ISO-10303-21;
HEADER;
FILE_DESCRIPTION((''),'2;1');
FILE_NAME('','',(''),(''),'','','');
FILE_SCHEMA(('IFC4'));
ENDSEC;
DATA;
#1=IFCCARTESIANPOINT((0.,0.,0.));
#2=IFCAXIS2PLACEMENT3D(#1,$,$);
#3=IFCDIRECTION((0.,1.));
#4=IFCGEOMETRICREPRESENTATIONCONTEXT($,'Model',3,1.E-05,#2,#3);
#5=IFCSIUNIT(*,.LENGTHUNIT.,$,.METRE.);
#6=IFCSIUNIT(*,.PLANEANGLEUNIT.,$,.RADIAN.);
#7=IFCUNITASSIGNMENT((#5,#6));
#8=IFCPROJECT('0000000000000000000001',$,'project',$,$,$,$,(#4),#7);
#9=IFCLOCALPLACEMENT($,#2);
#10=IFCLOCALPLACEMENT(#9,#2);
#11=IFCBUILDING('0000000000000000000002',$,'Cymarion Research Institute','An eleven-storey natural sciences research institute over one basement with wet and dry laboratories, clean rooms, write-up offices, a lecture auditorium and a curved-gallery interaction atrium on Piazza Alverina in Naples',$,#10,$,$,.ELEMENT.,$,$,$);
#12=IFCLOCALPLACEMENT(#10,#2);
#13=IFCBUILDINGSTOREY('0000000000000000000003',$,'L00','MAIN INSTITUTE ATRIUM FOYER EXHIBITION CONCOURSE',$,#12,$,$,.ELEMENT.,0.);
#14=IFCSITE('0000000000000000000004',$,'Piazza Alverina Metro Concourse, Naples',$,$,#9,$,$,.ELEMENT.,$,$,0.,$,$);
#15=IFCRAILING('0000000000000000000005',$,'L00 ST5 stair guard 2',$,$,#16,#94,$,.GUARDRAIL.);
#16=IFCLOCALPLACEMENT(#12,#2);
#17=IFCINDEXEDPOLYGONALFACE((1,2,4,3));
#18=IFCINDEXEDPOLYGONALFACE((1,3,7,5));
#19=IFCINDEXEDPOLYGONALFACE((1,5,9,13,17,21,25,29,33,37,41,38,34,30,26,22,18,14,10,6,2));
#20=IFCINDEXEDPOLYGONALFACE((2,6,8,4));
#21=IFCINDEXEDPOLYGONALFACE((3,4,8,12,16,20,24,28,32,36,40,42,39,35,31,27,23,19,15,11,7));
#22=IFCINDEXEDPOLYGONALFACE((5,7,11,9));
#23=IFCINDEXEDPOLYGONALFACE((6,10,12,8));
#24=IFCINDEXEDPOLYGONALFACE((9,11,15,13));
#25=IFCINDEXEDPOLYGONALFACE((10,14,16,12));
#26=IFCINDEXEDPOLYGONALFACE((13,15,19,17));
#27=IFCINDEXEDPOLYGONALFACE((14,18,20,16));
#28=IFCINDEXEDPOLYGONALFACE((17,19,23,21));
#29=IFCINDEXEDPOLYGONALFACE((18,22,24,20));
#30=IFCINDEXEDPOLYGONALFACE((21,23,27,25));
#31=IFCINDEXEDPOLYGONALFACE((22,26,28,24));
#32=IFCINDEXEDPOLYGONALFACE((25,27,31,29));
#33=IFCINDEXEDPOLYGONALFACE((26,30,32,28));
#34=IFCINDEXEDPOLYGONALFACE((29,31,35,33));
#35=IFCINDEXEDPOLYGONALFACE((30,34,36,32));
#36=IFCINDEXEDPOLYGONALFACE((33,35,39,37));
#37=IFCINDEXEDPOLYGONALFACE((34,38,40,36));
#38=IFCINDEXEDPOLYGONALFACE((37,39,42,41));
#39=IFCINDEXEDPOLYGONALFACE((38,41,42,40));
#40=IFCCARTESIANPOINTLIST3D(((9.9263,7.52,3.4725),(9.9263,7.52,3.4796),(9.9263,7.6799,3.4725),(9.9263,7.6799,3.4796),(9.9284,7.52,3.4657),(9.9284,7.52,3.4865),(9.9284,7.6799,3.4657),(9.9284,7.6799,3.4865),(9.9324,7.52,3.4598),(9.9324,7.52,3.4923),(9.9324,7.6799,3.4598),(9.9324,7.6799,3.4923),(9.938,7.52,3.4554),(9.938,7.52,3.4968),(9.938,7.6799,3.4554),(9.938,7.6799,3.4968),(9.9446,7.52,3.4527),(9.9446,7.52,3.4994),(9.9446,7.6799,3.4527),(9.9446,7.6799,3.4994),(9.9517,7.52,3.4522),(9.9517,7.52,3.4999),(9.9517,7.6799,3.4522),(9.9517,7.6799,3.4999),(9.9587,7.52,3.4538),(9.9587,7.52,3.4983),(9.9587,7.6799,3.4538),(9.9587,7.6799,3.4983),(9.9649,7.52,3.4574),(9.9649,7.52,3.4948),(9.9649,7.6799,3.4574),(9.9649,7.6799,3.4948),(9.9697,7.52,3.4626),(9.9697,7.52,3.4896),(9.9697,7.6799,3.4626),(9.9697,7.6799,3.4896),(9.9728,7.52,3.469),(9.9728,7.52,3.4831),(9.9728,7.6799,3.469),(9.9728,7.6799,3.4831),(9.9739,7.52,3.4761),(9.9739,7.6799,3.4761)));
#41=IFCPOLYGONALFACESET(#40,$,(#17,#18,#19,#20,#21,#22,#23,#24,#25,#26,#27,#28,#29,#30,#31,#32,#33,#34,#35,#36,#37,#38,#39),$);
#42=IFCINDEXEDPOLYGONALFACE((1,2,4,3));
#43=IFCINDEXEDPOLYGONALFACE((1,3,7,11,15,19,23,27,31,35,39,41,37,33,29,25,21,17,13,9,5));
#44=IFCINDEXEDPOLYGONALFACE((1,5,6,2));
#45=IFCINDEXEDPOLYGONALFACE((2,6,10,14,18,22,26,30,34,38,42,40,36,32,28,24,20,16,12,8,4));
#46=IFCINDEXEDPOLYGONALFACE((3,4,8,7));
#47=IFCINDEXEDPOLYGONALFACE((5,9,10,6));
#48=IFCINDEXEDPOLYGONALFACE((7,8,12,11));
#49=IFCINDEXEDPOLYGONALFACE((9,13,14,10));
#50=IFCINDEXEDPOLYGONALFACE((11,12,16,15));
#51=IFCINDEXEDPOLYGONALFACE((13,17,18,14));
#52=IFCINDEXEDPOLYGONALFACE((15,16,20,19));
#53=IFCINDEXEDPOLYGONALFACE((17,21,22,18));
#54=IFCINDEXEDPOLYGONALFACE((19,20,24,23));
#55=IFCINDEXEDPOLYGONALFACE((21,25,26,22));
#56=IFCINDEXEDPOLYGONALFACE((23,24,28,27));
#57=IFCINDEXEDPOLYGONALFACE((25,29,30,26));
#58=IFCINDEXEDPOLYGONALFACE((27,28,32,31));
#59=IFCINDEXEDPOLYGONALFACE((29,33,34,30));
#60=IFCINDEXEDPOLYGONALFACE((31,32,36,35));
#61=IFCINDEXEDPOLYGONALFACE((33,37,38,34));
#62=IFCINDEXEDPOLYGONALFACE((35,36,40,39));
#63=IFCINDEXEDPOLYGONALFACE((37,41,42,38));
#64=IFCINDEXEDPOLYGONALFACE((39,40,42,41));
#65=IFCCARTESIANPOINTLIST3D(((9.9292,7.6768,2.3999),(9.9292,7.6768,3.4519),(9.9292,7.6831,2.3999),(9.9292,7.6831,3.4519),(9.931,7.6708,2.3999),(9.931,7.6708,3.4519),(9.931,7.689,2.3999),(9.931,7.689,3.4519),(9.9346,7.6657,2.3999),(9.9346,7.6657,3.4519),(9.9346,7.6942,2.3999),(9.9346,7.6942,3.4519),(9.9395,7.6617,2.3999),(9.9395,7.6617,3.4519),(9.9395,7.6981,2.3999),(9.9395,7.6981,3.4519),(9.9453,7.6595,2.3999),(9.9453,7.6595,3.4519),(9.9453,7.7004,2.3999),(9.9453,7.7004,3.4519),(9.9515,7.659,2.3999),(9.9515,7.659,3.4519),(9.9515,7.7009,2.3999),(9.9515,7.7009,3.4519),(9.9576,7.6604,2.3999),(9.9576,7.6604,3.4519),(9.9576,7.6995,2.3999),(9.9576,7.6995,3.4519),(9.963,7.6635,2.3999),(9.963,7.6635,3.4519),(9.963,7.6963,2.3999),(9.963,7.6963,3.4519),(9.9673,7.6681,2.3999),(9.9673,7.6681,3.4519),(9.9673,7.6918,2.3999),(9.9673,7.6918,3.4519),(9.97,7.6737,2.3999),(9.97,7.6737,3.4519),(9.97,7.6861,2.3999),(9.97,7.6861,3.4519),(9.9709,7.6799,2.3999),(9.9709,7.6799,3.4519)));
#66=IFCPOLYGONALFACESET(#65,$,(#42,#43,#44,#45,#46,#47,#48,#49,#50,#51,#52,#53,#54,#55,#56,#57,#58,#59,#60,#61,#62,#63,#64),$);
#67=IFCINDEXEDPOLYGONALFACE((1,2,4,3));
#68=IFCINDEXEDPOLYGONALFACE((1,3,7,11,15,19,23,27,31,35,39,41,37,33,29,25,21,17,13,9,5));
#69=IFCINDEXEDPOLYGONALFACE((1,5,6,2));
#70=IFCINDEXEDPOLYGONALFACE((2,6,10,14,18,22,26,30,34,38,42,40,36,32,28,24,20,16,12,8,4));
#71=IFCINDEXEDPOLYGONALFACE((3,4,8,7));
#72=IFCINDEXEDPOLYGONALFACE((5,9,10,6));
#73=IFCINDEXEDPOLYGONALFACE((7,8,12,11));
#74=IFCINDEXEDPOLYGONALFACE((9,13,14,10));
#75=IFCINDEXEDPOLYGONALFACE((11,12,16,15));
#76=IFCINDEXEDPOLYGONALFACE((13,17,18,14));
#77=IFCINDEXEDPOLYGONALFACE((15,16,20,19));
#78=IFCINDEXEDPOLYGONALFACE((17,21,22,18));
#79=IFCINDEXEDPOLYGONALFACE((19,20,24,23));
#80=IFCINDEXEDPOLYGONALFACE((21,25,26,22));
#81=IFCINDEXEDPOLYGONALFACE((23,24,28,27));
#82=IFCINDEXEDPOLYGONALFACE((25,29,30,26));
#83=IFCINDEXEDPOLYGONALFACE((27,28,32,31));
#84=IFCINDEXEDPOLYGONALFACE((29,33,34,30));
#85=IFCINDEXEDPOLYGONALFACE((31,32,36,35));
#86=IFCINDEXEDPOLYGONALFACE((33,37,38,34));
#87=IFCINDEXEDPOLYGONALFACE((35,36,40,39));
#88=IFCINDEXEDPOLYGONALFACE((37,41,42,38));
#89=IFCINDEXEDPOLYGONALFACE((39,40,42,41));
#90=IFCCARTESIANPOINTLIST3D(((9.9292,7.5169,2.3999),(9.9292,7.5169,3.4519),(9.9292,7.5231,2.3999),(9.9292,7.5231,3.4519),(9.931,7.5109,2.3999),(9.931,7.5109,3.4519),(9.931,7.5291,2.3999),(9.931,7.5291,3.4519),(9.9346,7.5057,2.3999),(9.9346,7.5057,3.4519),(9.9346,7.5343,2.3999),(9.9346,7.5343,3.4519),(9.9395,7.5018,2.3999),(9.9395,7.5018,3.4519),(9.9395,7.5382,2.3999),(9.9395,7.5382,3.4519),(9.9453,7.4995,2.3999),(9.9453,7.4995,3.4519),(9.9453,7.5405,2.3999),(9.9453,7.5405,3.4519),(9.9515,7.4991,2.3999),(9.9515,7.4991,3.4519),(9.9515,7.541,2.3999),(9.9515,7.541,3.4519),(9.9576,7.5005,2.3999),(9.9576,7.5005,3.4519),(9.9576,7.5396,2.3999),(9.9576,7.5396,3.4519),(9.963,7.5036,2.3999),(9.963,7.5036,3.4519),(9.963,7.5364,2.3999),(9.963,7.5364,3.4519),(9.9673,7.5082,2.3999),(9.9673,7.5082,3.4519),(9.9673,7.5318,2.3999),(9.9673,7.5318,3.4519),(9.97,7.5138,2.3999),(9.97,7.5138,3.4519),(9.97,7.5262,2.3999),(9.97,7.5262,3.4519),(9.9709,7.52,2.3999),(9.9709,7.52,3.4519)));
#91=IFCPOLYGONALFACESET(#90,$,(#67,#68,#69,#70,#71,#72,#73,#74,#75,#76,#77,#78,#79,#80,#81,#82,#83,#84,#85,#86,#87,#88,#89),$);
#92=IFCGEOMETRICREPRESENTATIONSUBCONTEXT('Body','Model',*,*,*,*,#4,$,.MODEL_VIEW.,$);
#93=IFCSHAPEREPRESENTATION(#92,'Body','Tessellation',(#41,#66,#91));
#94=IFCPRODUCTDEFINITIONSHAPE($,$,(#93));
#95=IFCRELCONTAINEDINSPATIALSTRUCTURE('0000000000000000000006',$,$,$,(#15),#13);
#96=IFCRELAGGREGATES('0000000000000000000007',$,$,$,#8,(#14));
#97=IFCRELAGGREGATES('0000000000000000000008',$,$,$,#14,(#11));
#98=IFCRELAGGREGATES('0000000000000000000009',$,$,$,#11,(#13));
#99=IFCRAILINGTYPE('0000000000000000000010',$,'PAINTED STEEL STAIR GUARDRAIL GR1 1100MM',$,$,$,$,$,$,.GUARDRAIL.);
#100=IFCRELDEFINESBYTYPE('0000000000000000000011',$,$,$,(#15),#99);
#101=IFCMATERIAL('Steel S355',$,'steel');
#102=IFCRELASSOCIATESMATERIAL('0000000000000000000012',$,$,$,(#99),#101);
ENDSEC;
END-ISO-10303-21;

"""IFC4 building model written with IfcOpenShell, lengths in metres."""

from ifc_helpers import new_model, si_unit, direction, frame, origin, origin_2d, place, context, subcontext, project, spatial, circle, extrude, material, type_object, element, save


model = new_model("IFC4")

# Units and contexts
model_context = context("Model", 3, precision=1e-05, world=origin(), true_north=direction((0.0, 1.0)))
body_context = subcontext(model_context, "Body", "Model", "MODEL_VIEW")
ifc_project = project(units=[si_unit("LENGTHUNIT", "METRE"), si_unit("PLANEANGLEUNIT", "RADIAN")], contexts=[model_context])

# Site, building, storey
site_placement = place(None, origin())
site = spatial("IfcSite", under=ifc_project, at=site_placement, Name="Piazza Alverina Metro Concourse, Naples", CompositionType="ELEMENT", RefElevation=0.0)
building_placement = place(site_placement, origin())
building = spatial("IfcBuilding", under=site, at=building_placement, Name="Cymarion Research Institute", Description="An eleven-storey natural sciences research institute over one basement with wet and dry laboratories, clean rooms, write-up offices, a lecture auditorium and a curved-gallery interaction atrium on Piazza Alverina in Naples", CompositionType="ELEMENT")
storey_placement = place(building_placement, origin())
storey = spatial("IfcBuildingStorey", under=building, at=storey_placement, Name="L00", Description="MAIN INSTITUTE ATRIUM FOYER EXHIBITION CONCOURSE", CompositionType="ELEMENT", Elevation=0.0)

# Shared definitions
ifc_material_1 = material(Name="Steel S355", Category="steel")

# Railing
railing_type_1 = type_object("IfcRailingType", Name="PAINTED STEEL STAIR GUARDRAIL GR1 1100MM", PredefinedType="GUARDRAIL", material=ifc_material_1)
railing_1_placement = place(storey_placement, frame((9.95, 7.6799, 2.3999)))
element("IfcRailing", 1, at=railing_1_placement, inside=storey, type_object=railing_type_1, Name="L00 ST5 stair guard 2", PredefinedType="GUARDRAIL", context=body_context, shape_type="SweptSolid", body=[
    extrude(circle(Radius=0.0239, at=origin_2d()), frame((0.0, 0.0, 1.0762), z_axis=(0.0, -1.0, 0.0), x_axis=(1.0, 0.0, 0.0)), (0.0, 0.0, 1.0), 0.1599),
    extrude(circle(Radius=0.021, at=origin_2d()), origin(), (0.0, 0.0, 1.0), 1.052),
    extrude(circle(Radius=0.021, at=origin_2d()), frame((0.0, -0.1599, 0.0)), (0.0, 0.0, 1.0), 1.052),
])

save(model, "model.ifc")
